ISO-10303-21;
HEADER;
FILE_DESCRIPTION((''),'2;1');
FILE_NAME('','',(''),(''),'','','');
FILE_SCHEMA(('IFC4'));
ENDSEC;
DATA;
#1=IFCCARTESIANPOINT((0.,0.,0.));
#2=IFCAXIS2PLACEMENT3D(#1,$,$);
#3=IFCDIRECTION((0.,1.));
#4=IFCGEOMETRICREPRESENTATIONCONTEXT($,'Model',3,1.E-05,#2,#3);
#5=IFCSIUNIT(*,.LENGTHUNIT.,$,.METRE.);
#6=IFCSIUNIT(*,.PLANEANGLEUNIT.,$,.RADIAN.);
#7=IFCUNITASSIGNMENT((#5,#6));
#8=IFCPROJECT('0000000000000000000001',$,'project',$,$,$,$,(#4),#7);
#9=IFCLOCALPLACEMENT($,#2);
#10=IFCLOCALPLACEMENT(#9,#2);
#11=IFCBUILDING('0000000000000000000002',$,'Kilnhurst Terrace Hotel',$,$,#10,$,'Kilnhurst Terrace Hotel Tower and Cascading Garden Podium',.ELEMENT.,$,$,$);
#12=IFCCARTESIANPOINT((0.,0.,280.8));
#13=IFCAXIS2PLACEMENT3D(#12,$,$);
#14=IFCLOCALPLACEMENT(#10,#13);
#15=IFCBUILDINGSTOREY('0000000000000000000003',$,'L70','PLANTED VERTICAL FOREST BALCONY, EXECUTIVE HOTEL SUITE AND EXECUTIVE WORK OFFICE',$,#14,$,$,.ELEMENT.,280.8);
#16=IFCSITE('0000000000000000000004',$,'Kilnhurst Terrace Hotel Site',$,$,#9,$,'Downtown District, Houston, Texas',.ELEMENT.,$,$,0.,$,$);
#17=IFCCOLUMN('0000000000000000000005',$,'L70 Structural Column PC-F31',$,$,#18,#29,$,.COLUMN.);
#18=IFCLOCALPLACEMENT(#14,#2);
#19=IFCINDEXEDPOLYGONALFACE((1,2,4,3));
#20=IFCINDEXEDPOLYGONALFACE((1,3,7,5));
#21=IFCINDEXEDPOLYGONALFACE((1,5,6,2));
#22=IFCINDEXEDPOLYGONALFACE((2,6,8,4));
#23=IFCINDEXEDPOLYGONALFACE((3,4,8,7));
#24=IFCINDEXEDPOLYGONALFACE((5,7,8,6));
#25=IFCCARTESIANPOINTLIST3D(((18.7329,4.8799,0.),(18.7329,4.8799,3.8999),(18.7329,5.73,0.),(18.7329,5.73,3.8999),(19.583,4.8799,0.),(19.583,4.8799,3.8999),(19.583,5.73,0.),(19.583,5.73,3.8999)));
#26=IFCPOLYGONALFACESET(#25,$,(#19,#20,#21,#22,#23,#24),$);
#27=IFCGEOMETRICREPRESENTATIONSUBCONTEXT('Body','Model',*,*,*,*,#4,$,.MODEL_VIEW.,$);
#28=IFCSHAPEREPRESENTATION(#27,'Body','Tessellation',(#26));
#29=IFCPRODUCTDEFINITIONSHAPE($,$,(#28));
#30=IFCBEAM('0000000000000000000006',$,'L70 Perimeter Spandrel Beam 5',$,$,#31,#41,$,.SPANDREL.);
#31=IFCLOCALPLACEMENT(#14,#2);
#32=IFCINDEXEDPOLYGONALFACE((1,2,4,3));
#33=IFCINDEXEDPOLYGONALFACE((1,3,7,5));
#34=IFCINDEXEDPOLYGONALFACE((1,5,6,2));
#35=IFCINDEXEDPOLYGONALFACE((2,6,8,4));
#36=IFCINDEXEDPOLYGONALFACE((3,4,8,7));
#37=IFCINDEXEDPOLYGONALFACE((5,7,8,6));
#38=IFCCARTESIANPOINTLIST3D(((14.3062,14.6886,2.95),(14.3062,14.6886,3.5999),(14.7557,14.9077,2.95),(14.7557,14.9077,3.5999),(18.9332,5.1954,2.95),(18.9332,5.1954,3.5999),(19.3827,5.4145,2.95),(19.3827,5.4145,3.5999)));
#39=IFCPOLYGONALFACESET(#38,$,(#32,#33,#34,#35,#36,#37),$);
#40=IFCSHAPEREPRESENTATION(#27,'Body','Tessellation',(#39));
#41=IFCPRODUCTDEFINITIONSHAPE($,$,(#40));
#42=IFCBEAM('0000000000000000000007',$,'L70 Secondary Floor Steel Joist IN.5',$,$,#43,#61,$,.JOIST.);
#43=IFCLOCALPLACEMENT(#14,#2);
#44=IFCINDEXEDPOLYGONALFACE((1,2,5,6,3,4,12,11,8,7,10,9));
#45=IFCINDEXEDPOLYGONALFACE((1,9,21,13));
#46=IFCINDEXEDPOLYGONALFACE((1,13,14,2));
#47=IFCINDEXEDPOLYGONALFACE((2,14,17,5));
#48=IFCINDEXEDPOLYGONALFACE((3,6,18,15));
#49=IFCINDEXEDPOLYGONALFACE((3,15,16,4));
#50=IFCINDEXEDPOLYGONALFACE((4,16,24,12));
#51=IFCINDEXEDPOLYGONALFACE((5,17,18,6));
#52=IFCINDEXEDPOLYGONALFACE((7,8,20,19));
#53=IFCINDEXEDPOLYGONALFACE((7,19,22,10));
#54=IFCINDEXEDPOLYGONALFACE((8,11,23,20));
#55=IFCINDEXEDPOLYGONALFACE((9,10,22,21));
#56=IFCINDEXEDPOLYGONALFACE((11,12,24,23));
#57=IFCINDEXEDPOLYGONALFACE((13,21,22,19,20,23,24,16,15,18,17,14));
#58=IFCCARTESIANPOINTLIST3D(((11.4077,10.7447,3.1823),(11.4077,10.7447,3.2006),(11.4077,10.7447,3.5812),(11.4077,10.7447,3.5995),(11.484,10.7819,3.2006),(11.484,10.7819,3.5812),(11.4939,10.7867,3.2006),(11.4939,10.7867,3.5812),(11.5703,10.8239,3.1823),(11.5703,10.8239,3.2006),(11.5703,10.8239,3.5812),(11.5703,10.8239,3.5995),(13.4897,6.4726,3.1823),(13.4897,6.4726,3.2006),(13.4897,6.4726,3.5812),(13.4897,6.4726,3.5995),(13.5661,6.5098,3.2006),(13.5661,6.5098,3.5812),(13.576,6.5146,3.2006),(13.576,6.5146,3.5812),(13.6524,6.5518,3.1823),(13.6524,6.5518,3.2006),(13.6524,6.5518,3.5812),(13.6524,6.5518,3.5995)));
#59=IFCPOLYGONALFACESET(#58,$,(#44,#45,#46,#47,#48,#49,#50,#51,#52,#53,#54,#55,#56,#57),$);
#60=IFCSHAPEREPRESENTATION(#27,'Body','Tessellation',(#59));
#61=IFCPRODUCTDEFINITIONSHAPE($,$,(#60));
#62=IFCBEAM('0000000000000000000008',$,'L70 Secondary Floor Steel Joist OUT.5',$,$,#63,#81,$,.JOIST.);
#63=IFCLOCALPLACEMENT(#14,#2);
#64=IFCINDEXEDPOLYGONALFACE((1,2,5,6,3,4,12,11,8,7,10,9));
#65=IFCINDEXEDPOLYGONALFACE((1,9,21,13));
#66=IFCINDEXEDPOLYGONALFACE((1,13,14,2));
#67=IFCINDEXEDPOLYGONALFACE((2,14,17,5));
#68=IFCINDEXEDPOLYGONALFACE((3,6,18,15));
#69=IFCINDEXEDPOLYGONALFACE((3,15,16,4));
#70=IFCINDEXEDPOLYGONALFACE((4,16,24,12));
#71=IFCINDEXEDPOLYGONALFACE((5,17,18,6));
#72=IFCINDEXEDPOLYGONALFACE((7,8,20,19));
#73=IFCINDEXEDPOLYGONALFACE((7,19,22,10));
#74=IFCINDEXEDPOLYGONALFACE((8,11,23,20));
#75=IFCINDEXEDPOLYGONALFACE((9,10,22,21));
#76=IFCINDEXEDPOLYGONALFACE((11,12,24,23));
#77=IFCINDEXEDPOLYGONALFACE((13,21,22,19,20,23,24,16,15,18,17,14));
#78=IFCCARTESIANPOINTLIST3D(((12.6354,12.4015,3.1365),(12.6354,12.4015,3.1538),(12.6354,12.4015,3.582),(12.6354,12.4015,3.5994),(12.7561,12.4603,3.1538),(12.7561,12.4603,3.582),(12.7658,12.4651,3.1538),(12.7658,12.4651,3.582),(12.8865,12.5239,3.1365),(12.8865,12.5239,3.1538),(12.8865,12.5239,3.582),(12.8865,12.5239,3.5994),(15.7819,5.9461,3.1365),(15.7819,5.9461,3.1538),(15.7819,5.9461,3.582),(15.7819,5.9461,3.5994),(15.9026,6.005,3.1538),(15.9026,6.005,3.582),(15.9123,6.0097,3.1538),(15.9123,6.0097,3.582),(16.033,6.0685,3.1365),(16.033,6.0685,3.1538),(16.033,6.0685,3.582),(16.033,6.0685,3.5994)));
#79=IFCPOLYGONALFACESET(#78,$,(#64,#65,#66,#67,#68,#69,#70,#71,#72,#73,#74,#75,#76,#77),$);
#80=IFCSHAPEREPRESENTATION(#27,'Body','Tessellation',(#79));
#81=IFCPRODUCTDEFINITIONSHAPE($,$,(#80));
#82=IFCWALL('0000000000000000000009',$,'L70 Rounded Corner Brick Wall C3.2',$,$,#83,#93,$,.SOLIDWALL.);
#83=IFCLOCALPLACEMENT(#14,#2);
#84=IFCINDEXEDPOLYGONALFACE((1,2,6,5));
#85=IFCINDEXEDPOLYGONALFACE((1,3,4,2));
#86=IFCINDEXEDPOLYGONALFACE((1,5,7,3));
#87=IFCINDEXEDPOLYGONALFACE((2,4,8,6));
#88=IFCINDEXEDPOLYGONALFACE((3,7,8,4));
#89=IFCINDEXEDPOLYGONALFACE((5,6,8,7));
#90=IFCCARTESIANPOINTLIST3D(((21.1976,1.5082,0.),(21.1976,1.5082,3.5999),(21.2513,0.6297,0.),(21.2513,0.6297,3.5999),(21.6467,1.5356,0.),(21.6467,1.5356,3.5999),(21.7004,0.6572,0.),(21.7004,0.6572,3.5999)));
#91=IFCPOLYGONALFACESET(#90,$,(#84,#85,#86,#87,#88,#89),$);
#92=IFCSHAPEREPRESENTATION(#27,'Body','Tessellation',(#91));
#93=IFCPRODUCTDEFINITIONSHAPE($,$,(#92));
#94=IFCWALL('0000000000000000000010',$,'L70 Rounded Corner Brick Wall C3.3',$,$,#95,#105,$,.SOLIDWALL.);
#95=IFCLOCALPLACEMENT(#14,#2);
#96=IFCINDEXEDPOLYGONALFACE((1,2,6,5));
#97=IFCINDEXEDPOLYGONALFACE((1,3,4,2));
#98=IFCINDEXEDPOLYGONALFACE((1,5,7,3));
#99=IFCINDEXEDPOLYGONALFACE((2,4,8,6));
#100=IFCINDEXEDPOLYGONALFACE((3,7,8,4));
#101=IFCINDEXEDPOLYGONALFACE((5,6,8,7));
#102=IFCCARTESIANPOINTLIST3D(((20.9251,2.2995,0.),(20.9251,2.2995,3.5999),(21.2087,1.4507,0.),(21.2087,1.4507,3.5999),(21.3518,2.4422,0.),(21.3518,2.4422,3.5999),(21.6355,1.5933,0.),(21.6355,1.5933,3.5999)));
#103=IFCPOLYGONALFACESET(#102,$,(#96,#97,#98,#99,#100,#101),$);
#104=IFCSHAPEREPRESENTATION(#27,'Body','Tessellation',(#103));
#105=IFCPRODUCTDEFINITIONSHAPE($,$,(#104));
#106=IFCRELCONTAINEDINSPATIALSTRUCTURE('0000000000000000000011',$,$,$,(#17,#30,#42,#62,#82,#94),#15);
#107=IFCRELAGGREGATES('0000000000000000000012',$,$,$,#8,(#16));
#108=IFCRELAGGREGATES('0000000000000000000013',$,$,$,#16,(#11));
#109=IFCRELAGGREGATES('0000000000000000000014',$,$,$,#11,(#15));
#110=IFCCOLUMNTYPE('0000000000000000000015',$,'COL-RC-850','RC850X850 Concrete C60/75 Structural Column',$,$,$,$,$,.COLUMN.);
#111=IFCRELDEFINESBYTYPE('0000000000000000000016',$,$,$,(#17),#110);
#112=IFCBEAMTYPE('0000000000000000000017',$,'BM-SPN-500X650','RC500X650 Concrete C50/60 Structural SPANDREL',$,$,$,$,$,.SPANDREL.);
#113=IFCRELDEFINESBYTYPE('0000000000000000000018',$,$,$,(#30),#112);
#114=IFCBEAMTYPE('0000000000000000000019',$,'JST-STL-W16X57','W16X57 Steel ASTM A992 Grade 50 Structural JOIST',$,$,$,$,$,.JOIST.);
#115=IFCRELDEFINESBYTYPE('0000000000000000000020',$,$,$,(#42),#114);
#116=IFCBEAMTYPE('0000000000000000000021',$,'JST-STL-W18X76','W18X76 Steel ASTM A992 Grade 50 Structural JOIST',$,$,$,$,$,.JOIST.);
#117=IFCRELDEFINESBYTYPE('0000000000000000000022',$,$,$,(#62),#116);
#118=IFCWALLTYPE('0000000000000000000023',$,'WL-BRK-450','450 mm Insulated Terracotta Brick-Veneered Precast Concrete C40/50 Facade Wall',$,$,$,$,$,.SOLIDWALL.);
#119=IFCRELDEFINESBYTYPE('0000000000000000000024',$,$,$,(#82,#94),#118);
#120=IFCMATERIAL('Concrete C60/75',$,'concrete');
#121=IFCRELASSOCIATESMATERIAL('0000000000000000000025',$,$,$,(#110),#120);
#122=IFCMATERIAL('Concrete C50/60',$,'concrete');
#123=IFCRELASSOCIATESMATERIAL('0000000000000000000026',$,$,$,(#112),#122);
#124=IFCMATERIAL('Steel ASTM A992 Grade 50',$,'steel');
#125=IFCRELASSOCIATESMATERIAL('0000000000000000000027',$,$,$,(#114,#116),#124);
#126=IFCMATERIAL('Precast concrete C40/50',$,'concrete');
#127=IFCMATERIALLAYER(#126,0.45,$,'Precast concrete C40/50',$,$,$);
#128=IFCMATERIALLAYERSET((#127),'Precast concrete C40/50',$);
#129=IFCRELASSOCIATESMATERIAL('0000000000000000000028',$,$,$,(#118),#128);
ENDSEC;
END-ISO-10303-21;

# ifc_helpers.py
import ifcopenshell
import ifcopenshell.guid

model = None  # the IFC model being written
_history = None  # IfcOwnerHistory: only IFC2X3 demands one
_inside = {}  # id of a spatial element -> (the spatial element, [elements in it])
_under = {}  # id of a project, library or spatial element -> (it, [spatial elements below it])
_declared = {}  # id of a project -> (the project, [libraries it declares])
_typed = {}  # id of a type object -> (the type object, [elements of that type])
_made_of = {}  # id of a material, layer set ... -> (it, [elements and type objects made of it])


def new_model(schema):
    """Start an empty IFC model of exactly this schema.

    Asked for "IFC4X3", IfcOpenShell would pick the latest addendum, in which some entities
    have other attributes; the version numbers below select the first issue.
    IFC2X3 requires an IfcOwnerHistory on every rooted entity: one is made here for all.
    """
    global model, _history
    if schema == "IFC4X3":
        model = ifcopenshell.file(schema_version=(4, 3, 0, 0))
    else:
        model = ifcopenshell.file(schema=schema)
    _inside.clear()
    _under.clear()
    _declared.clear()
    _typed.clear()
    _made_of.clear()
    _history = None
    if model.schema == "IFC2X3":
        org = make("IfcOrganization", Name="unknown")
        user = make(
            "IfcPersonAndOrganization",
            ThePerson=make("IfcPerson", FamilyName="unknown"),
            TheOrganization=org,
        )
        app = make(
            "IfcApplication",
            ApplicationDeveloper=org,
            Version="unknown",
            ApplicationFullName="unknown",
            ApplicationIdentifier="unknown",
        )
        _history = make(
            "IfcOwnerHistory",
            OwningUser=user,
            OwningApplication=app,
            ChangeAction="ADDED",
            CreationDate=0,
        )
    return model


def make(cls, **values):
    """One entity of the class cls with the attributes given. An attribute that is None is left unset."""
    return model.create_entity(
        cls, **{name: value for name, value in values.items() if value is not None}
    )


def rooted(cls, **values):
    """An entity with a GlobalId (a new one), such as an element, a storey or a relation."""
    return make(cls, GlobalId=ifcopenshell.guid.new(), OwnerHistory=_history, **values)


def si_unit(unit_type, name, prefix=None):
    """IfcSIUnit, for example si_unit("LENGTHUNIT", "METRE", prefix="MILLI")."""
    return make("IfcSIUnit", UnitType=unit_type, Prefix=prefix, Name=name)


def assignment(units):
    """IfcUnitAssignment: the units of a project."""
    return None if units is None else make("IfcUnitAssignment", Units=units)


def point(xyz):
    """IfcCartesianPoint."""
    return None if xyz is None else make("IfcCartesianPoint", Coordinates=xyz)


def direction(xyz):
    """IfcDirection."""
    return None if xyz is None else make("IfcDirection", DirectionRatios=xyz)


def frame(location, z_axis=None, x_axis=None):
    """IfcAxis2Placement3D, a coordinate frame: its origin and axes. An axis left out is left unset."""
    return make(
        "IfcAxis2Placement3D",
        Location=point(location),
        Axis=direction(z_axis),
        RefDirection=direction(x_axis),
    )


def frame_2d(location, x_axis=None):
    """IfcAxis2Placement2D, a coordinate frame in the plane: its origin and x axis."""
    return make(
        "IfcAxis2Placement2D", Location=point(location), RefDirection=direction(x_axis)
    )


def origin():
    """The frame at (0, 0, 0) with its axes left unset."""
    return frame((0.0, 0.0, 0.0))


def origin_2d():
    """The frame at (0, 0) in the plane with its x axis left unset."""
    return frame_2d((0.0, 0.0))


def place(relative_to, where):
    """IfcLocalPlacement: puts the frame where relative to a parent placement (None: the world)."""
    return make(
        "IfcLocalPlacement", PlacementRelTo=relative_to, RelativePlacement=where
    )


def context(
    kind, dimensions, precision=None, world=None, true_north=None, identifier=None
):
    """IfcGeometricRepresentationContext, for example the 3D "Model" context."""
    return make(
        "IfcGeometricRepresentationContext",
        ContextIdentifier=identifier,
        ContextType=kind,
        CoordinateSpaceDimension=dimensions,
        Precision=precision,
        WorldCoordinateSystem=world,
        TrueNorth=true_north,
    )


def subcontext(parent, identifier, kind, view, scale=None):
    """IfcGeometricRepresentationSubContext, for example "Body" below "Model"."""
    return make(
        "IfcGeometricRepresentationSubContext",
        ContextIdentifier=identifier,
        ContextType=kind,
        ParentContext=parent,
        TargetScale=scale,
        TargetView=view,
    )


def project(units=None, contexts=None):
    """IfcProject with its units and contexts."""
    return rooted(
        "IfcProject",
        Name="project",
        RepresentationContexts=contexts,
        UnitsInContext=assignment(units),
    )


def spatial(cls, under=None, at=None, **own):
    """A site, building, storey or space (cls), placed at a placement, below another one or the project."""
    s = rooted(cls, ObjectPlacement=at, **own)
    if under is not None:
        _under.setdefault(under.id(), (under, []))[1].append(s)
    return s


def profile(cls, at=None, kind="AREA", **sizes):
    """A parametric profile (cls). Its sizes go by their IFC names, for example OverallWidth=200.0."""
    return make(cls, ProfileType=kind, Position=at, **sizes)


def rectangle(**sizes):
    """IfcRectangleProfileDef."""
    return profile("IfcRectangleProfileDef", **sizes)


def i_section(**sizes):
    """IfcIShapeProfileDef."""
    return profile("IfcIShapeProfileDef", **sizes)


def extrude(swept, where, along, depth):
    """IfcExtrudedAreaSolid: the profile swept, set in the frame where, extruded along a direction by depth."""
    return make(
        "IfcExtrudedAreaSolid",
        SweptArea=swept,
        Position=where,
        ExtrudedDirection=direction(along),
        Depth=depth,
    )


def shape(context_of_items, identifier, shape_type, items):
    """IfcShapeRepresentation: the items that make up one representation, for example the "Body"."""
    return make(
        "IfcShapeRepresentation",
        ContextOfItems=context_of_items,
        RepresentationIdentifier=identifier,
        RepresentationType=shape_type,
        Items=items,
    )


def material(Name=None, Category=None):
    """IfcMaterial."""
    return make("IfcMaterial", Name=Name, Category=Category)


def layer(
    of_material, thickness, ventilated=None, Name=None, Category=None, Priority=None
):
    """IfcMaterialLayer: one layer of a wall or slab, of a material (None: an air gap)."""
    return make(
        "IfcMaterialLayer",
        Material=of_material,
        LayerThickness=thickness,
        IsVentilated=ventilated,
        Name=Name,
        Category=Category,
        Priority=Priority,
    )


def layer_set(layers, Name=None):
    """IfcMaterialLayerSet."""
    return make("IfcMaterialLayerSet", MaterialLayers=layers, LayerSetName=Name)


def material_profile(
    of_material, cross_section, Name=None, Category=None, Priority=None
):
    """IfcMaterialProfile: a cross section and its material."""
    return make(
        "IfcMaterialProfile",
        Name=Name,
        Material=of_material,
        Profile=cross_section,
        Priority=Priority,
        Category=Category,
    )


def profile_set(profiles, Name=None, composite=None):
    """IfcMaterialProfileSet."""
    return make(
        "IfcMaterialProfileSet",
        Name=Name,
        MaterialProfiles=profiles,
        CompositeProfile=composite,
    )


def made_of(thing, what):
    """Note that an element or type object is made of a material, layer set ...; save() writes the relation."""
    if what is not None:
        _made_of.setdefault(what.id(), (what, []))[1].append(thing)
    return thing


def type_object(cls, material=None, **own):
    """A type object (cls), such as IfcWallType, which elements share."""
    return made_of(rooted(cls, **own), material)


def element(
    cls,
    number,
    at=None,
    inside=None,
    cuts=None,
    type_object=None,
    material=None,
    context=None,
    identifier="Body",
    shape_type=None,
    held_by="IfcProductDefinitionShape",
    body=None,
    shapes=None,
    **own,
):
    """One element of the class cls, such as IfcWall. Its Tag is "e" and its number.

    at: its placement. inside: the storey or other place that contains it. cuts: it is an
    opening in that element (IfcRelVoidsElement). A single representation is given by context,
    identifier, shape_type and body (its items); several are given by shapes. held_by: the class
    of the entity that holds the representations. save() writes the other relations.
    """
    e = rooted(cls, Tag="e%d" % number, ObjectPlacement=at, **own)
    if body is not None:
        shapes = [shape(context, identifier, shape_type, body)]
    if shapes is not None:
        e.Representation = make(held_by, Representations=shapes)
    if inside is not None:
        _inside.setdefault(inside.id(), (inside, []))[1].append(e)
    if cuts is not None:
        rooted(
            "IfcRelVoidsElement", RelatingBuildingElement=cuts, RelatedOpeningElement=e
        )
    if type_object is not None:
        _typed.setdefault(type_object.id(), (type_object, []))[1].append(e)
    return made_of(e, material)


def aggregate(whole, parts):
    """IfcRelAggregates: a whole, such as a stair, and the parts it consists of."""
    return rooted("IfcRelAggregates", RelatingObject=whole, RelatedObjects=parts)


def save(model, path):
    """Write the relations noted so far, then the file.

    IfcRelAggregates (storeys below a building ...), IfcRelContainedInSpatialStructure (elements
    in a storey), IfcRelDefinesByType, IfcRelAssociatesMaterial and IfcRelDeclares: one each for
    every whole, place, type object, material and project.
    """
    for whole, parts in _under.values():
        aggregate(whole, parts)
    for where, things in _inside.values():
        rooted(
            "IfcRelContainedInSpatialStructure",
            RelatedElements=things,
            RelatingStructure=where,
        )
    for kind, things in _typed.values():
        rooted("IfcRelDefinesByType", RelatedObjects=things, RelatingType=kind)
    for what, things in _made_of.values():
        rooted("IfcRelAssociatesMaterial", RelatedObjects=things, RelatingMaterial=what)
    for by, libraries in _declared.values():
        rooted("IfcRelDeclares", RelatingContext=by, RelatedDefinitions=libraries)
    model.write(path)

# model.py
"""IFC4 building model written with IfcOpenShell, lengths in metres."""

from ifc_helpers import new_model, si_unit, direction, frame, frame_2d, origin, origin_2d, place, context, subcontext, project, spatial, rectangle, i_section, extrude, material, layer, layer_set, material_profile, profile_set, type_object, element, save


model = new_model("IFC4")

# Units and contexts
model_context = context("Model", 3, precision=1e-05, world=origin(), true_north=direction((0.0, 1.0)))
body_context = subcontext(model_context, "Body", "Model", "MODEL_VIEW")
ifc_project = project(units=[si_unit("LENGTHUNIT", "METRE"), si_unit("PLANEANGLEUNIT", "RADIAN")], contexts=[model_context])

# Site, building, storey
site_placement = place(None, origin())
site = spatial("IfcSite", under=ifc_project, at=site_placement, Name="Kilnhurst Terrace Hotel Site", LongName="Downtown District, Houston, Texas", CompositionType="ELEMENT", RefElevation=0.0)
building_placement = place(site_placement, origin())
building = spatial("IfcBuilding", under=site, at=building_placement, Name="Kilnhurst Terrace Hotel", LongName="Kilnhurst Terrace Hotel Tower and Cascading Garden Podium", CompositionType="ELEMENT")
storey_placement = place(building_placement, frame((0.0, 0.0, 280.8)))
storey = spatial("IfcBuildingStorey", under=building, at=storey_placement, Name="L70", Description="PLANTED VERTICAL FOREST BALCONY, EXECUTIVE HOTEL SUITE AND EXECUTIVE WORK OFFICE", CompositionType="ELEMENT", Elevation=280.8)

# Column
ifc_material_1 = material(Name="Concrete C60/75", Category="concrete")
ifc_material_profile_1 = material_profile(ifc_material_1, rectangle(XDim=0.8501, YDim=0.8501, at=origin_2d()), Name="RC850X850")
ifc_profile_set_1 = profile_set([ifc_material_profile_1], Name="Concrete C60/75")
column_type = type_object("IfcColumnType", Name="COL-RC-850", Description="RC850X850 Concrete C60/75 Structural Column", PredefinedType="COLUMN", material=ifc_profile_set_1)
column_placement = place(storey_placement, frame((19.158, 5.3049, 0.0), z_axis=(0.0, 0.0, 1.0), x_axis=(1.0, 0.0, 0.0)))
element("IfcColumn", 1, at=column_placement, inside=storey, type_object=column_type, Name="L70 Structural Column PC-F31", PredefinedType="COLUMN", context=body_context, shape_type="SweptSolid", body=[
    extrude(rectangle(XDim=0.8501, YDim=0.8501, at=origin_2d()), origin(), (0.0, 0.0, 1.0), 3.8999),
])

# Beams
ifc_material_2 = material(Name="Concrete C50/60", Category="concrete")
ifc_material_profile_2 = material_profile(ifc_material_2, rectangle(XDim=0.5, YDim=0.6499, at=origin_2d()), Name="RC500X650")
ifc_profile_set_2 = profile_set([ifc_material_profile_2], Name="Concrete C50/60")
beam_type_1 = type_object("IfcBeamType", Name="BM-SPN-500X650", Description="RC500X650 Concrete C50/60 Structural SPANDREL", PredefinedType="SPANDREL", material=ifc_profile_set_2)
beam_1_placement = place(storey_placement, frame((19.158, 5.3049, 3.2749), z_axis=(-0.438128, 0.898912, 0.0), x_axis=(-0.898912, -0.438128, 0.0)))
element("IfcBeam", 2, at=beam_1_placement, inside=storey, type_object=beam_type_1, Name="L70 Perimeter Spandrel Beam 5", PredefinedType="SPANDREL", context=body_context, shape_type="SweptSolid", body=[
    extrude(rectangle(XDim=0.5, YDim=0.6499, at=origin_2d()), origin(), (0.0, 0.0, 1.0), 10.5608),
])
ifc_material_3 = material(Name="Steel ASTM A992 Grade 50", Category="steel")
ifc_material_profile_3 = material_profile(ifc_material_3, i_section(OverallWidth=0.1809, OverallDepth=0.4172, WebThickness=0.011, FlangeThickness=0.0183, at=origin_2d()), Name="W16X57")
ifc_profile_set_3 = profile_set([ifc_material_profile_3], Name="Steel ASTM A992 Grade 50")
beam_type_2 = type_object("IfcBeamType", Name="JST-STL-W16X57", Description="W16X57 Steel ASTM A992 Grade 50 Structural JOIST", PredefinedType="JOIST", material=ifc_profile_set_3)
beam_2_placement = place(storey_placement, frame((13.571, 6.5122, 3.3909), z_axis=(-0.438108, 0.898922, 0.0), x_axis=(-0.898922, -0.438108, 0.0)))
element("IfcBeam", 3, at=beam_2_placement, inside=storey, type_object=beam_type_2, Name="L70 Secondary Floor Steel Joist IN.5", PredefinedType="JOIST", context=body_context, shape_type="SweptSolid", body=[
    extrude(i_section(OverallWidth=0.1809, OverallDepth=0.4172, WebThickness=0.011, FlangeThickness=0.0183, at=origin_2d()), origin(), (0.0, 0.0, 1.0), 4.7524),
])
ifc_material_profile_4 = material_profile(ifc_material_3, i_section(OverallWidth=0.2793, OverallDepth=0.4629, WebThickness=0.0107, FlangeThickness=0.0173, at=origin_2d()), Name="W18X76")
ifc_profile_set_4 = profile_set([ifc_material_profile_4], Name="Steel ASTM A992 Grade 50")
beam_type_3 = type_object("IfcBeamType", Name="JST-STL-W18X76", Description="W18X76 Steel ASTM A992 Grade 50 Structural JOIST", PredefinedType="JOIST", material=ifc_profile_set_4)
beam_3_placement = place(storey_placement, frame((15.9075, 6.0073, 3.3679), z_axis=(-0.438148, 0.898903, 0.0), x_axis=(-0.898903, -0.438148, 0.0)))
element("IfcBeam", 4, at=beam_3_placement, inside=storey, type_object=beam_type_3, Name="L70 Secondary Floor Steel Joist OUT.5", PredefinedType="JOIST", context=body_context, shape_type="SweptSolid", body=[
    extrude(i_section(OverallWidth=0.2793, OverallDepth=0.4629, WebThickness=0.0107, FlangeThickness=0.0173, at=origin_2d()), origin(), (0.0, 0.0, 1.0), 7.1814),
])

# Walls
ifc_material_4 = material(Name="Precast concrete C40/50", Category="concrete")
ifc_layer_1 = layer(ifc_material_4, 0.45, Name="Precast concrete C40/50")
ifc_layer_set_1 = layer_set([ifc_layer_1], Name="Precast concrete C40/50")
wall_type_1 = type_object("IfcWallType", Name="WL-BRK-450", Description="450 mm Insulated Terracotta Brick-Veneered Precast Concrete C40/50 Facade Wall", PredefinedType="SOLIDWALL", material=ifc_layer_set_1)
wall_1_placement = place(storey_placement, frame((21.4758, 0.6436, 0.0), z_axis=(0.0, 0.0, 1.0), x_axis=(-0.061031, 0.998136, 0.0)))
element("IfcWall", 5, at=wall_1_placement, inside=storey, type_object=wall_type_1, Name="L70 Rounded Corner Brick Wall C3.2", PredefinedType="SOLIDWALL", context=body_context, shape_type="SweptSolid", body=[
    extrude(rectangle(XDim=0.8801, YDim=0.45, at=frame_2d((0.4399, 0.0))), origin(), (0.0, 0.0, 1.0), 3.5999),
])
wall_2_placement = place(storey_placement, frame((21.4221, 1.522, 0.0), z_axis=(0.0, 0.0, 1.0), x_axis=(-0.316964, 0.948438, 0.0)))
element("IfcWall", 6, at=wall_2_placement, inside=storey, type_object=wall_type_1, Name="L70 Rounded Corner Brick Wall C3.3", PredefinedType="SOLIDWALL", context=body_context, shape_type="SweptSolid", body=[
    extrude(rectangle(XDim=0.895, YDim=0.45, at=frame_2d((0.4475, 0.0))), origin(), (0.0, 0.0, 1.0), 3.5999),
])

save(model, "model.ifc")
